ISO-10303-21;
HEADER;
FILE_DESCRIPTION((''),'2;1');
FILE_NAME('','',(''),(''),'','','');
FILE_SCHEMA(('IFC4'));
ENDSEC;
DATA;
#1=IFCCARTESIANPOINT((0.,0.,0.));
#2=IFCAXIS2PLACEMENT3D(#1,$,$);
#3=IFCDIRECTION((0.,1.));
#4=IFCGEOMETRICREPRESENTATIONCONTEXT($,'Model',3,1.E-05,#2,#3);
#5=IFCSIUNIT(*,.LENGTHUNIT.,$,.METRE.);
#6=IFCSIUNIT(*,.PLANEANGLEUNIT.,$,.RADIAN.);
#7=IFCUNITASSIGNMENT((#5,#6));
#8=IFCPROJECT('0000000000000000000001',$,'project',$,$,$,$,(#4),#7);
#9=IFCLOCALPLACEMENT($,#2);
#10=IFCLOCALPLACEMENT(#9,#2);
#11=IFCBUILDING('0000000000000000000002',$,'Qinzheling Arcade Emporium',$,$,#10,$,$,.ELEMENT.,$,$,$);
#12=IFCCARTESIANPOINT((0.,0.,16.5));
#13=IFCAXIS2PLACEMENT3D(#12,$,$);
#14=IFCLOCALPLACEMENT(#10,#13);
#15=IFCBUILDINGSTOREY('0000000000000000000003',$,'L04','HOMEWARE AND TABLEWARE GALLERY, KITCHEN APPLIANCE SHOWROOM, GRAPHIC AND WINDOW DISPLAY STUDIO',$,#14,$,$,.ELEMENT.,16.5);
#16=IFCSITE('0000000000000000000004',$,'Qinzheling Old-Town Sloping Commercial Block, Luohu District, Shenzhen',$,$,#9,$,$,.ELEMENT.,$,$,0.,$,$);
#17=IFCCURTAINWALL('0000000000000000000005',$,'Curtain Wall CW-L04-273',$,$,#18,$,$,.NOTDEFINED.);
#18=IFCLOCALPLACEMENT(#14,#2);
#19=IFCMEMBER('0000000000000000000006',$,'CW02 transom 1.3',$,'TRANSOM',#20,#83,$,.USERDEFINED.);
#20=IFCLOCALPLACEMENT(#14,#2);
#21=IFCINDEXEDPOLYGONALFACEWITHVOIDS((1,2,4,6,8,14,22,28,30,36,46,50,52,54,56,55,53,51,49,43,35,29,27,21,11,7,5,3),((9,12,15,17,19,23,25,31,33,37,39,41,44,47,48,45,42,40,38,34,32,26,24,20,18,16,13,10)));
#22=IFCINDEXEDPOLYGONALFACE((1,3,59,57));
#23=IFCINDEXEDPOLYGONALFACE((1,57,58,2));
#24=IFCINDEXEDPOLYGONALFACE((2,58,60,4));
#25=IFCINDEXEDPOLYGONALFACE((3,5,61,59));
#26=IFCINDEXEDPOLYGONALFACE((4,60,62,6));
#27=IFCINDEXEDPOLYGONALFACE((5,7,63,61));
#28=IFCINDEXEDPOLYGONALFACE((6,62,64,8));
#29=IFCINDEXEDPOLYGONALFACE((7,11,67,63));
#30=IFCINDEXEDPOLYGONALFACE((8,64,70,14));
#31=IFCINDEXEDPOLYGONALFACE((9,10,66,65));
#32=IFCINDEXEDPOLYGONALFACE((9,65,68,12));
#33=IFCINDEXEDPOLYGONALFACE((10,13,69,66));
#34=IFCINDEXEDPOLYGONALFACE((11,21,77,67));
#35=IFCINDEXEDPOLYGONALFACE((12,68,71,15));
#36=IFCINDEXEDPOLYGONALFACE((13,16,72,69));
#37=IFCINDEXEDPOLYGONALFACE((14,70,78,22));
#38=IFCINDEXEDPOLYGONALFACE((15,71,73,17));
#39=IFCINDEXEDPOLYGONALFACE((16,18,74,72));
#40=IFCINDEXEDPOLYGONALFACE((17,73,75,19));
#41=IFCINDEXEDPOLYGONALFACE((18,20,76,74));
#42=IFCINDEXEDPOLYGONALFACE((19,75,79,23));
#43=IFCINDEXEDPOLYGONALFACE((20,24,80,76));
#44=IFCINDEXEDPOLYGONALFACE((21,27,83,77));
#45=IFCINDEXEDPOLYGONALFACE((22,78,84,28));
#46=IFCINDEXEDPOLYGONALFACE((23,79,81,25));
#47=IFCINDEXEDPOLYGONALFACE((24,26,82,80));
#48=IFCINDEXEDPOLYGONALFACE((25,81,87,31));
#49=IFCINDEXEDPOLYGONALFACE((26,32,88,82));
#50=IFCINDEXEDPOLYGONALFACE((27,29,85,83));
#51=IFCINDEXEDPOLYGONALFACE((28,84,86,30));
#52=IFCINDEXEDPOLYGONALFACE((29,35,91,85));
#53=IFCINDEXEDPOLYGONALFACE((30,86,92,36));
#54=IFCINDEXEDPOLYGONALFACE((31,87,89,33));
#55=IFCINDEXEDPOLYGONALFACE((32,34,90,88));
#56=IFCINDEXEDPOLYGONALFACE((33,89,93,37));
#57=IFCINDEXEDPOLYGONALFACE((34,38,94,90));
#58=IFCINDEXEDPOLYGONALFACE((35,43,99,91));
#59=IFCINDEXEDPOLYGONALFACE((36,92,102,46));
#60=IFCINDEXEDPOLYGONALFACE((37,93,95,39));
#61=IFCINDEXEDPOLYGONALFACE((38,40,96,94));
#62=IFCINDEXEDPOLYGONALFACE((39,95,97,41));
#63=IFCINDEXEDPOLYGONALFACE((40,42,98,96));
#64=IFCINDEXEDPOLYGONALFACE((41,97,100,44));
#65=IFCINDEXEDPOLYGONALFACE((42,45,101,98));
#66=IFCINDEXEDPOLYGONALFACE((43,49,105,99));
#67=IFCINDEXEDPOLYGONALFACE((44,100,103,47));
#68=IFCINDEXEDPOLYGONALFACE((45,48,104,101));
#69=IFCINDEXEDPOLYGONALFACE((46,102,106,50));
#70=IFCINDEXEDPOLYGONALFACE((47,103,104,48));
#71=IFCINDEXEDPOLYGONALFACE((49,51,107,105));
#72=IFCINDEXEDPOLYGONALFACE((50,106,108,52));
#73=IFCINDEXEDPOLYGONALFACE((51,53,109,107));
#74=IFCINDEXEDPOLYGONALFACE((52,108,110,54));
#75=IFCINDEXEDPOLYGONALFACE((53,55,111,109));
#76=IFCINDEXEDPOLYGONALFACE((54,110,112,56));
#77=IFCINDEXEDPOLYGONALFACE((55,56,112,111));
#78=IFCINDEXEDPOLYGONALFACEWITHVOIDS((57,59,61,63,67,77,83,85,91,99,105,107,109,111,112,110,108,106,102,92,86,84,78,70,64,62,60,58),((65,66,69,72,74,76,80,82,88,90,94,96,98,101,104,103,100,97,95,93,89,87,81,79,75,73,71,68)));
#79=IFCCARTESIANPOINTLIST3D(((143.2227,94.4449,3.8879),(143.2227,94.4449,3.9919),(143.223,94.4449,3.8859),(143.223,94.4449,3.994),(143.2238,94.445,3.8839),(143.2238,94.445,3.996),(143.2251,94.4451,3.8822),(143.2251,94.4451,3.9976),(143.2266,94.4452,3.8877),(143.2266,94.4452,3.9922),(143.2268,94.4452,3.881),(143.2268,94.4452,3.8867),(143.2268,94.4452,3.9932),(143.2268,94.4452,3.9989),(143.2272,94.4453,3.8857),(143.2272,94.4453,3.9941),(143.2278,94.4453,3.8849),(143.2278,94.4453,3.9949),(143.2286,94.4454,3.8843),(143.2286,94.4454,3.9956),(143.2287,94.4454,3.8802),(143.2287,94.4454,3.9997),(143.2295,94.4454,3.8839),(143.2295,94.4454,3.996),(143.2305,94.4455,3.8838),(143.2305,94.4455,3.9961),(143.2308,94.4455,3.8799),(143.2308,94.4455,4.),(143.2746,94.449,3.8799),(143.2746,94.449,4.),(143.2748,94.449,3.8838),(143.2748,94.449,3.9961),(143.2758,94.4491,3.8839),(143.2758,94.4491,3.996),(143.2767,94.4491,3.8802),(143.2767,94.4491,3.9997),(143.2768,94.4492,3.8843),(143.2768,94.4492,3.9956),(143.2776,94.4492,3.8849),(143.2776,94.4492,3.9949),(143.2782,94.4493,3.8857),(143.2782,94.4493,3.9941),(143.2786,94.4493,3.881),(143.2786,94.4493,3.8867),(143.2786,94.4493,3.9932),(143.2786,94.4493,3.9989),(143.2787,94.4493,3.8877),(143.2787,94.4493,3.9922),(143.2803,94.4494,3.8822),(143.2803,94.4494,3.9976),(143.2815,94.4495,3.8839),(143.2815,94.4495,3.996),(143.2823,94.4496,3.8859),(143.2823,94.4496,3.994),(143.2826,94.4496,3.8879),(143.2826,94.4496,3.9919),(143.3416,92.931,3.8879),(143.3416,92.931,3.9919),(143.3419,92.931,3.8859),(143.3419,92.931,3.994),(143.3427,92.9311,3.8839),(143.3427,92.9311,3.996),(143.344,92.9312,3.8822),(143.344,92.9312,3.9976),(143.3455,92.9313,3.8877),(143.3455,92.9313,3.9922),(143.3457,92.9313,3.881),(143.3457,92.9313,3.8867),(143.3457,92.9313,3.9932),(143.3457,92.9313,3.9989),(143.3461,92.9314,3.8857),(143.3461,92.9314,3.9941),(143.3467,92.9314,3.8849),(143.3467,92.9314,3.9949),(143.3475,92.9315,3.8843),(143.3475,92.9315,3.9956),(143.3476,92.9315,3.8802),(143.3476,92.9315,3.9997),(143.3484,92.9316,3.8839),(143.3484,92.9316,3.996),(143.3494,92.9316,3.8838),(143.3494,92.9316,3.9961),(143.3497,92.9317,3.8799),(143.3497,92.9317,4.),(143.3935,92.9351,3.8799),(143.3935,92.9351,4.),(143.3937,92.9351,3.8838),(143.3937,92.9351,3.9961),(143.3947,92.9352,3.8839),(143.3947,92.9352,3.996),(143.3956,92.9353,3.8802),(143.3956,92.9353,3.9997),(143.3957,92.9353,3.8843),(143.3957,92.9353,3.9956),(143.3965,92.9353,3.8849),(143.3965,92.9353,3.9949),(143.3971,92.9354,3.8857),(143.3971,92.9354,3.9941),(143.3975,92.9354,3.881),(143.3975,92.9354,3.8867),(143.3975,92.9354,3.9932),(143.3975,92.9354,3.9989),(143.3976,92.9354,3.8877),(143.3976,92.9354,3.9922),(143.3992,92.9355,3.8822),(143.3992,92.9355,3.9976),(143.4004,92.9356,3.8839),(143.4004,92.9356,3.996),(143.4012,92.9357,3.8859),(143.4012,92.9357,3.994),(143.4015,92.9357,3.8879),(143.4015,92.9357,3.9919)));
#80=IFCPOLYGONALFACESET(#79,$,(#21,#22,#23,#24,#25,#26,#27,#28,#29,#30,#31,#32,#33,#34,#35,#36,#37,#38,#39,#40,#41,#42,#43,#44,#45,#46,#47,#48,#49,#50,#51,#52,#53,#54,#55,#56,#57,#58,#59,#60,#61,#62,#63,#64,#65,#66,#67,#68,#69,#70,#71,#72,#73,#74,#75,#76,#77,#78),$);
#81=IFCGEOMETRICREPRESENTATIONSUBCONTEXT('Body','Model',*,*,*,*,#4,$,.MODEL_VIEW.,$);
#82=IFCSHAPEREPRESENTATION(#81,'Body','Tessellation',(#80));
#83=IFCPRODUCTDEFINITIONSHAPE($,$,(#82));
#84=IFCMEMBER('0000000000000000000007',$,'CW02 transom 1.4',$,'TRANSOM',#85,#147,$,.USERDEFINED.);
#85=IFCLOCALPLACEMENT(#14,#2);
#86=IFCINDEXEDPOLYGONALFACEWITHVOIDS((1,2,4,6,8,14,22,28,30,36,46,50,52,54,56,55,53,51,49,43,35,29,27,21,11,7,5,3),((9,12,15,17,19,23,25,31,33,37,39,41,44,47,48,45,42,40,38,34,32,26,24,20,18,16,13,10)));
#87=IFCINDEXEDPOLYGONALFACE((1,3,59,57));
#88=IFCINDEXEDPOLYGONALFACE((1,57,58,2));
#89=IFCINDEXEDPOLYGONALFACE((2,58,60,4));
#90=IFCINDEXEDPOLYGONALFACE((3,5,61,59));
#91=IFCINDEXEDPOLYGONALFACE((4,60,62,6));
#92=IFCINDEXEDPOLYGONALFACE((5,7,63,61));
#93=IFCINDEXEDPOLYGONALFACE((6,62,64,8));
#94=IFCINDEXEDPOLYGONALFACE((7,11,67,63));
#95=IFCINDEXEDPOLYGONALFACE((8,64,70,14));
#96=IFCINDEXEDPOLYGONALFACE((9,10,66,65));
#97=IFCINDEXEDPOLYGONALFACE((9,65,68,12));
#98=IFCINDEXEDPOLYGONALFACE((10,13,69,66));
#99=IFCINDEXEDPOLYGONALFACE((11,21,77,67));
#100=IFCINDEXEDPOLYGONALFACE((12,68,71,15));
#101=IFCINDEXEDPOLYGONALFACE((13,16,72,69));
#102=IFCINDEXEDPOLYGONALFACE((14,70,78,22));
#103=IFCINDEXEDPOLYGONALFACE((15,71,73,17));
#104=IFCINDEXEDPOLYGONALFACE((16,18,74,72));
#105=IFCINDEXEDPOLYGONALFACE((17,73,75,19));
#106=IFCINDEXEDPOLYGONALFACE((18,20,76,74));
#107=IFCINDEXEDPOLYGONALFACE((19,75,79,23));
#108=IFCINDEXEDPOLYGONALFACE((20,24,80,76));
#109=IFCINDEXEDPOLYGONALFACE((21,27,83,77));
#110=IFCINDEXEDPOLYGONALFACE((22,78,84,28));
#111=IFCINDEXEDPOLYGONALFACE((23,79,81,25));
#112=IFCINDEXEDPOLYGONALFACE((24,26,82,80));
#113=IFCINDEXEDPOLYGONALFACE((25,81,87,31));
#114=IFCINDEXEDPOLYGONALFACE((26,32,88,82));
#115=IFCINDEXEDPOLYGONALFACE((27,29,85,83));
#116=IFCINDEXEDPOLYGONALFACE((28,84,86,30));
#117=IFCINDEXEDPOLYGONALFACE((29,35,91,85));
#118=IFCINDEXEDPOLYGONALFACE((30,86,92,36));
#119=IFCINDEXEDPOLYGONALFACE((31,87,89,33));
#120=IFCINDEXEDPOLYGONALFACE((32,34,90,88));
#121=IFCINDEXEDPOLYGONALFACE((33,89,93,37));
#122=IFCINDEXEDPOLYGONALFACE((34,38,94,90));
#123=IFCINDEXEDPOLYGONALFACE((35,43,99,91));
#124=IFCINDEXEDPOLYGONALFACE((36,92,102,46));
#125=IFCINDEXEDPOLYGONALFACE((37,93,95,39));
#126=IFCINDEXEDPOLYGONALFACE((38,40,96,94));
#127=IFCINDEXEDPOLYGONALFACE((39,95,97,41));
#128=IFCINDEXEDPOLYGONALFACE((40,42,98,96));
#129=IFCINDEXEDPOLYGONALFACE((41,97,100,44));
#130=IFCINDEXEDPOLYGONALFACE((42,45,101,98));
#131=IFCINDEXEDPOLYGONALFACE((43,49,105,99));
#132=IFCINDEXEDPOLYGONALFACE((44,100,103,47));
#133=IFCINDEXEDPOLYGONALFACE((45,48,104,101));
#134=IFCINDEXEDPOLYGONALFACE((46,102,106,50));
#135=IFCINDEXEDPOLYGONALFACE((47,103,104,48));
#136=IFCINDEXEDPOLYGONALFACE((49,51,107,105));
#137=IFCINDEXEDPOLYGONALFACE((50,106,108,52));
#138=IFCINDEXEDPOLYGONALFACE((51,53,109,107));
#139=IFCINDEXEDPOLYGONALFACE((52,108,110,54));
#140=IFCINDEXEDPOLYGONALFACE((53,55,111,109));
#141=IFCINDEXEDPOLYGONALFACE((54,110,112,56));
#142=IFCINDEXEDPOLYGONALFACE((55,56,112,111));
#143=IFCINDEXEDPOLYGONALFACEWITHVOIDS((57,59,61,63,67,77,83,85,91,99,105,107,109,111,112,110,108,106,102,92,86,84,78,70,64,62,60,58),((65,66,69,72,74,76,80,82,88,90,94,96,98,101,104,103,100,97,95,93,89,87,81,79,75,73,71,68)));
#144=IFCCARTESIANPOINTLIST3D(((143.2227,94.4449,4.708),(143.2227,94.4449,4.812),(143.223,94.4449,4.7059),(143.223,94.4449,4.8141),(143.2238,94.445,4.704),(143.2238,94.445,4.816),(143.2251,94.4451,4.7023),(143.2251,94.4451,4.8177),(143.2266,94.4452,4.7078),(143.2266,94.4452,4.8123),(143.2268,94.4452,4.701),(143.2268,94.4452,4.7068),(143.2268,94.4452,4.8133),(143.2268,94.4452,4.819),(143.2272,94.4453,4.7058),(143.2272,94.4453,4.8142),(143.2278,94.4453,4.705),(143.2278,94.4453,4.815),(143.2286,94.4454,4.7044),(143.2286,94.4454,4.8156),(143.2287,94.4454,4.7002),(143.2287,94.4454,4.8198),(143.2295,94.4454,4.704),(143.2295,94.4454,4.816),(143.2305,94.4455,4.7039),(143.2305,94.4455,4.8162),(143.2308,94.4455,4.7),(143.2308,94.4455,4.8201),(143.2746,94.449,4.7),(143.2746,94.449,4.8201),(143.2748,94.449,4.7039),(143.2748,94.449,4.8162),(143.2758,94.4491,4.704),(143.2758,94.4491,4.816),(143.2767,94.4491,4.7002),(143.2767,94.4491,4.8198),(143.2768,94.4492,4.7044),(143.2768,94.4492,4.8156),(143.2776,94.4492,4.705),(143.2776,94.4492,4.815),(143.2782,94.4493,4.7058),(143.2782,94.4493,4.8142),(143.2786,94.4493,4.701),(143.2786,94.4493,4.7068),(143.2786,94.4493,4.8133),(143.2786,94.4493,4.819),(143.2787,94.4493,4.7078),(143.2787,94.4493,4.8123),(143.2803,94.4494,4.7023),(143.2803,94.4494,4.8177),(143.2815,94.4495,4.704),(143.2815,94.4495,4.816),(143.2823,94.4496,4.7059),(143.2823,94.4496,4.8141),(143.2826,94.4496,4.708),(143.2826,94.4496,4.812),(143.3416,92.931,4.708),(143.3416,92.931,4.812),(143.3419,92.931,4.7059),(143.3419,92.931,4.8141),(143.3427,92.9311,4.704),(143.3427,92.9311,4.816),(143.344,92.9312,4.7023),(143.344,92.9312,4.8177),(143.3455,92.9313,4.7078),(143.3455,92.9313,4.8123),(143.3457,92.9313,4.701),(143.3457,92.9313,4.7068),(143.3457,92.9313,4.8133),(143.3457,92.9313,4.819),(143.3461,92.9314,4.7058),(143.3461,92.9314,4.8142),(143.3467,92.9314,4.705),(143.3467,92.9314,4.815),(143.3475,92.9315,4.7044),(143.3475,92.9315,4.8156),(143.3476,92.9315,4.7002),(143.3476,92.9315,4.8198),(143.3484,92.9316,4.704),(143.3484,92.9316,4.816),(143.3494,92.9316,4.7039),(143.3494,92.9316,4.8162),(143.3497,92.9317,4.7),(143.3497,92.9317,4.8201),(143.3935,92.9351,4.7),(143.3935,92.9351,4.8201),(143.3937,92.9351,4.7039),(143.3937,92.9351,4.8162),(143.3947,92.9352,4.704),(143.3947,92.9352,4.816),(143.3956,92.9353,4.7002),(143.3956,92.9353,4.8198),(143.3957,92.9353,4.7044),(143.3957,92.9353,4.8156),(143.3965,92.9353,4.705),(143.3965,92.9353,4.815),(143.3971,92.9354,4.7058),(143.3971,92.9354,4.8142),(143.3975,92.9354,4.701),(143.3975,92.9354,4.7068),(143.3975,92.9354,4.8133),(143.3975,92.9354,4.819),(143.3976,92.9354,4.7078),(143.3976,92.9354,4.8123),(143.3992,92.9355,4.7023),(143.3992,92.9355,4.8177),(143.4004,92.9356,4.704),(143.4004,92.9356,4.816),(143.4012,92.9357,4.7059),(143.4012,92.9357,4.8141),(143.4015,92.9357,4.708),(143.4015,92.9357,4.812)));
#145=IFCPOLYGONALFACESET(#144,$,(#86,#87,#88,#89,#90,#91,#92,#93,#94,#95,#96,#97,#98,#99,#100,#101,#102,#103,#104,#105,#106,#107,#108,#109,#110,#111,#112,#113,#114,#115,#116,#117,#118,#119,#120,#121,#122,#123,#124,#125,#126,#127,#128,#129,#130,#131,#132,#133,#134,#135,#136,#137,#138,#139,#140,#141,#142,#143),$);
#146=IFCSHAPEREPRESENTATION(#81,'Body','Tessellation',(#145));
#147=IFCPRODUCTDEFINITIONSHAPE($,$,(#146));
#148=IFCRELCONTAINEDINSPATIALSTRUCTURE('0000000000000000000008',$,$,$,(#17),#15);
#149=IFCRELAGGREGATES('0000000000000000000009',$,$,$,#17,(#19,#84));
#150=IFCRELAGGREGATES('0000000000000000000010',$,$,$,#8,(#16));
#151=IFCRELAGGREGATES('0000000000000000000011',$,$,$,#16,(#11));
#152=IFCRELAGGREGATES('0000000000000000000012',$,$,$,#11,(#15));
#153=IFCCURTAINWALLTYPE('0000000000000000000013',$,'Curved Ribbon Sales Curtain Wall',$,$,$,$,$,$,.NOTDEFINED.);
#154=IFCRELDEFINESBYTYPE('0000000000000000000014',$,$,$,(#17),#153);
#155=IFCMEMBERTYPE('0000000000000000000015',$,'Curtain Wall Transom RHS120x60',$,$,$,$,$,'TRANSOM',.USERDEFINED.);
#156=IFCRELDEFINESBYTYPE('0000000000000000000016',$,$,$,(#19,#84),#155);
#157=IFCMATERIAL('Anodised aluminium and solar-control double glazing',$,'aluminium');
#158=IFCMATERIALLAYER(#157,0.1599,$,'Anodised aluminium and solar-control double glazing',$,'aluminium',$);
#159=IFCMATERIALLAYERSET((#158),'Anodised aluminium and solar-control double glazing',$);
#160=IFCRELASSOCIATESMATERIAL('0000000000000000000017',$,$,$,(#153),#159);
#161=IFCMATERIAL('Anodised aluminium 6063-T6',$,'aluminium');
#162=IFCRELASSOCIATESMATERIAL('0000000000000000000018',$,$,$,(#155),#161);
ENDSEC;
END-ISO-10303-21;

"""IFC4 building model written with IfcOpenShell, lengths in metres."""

from ifc_helpers import new_model, si_unit, direction, frame, origin, origin_2d, place, context, subcontext, project, spatial, hollow_rectangle, extrude, material, layer, layer_set, material_profile, profile_set, type_object, element, aggregate, save


model = new_model("IFC4")

# Units and contexts
model_context = context("Model", 3, precision=1e-05, world=origin(), true_north=direction((0.0, 1.0)))
body_context = subcontext(model_context, "Body", "Model", "MODEL_VIEW")
ifc_project = project(units=[si_unit("LENGTHUNIT", "METRE"), si_unit("PLANEANGLEUNIT", "RADIAN")], contexts=[model_context])

# Site, building, storey
site_placement = place(None, origin())
site = spatial("IfcSite", under=ifc_project, at=site_placement, Name="Qinzheling Old-Town Sloping Commercial Block, Luohu District, Shenzhen", CompositionType="ELEMENT", RefElevation=0.0)
building_placement = place(site_placement, origin())
building = spatial("IfcBuilding", under=site, at=building_placement, Name="Qinzheling Arcade Emporium", CompositionType="ELEMENT")
storey_placement = place(building_placement, frame((0.0, 0.0, 16.5)))
storey = spatial("IfcBuildingStorey", under=building, at=storey_placement, Name="L04", Description="HOMEWARE AND TABLEWARE GALLERY, KITCHEN APPLIANCE SHOWROOM, GRAPHIC AND WINDOW DISPLAY STUDIO", CompositionType="ELEMENT", Elevation=16.5)

# Shared definitions
ifc_material_1 = material(Name="Anodised aluminium and solar-control double glazing", Category="aluminium")
ifc_layer_1 = layer(ifc_material_1, 0.1599, Name="Anodised aluminium and solar-control double glazing", Category="aluminium")
ifc_layer_set_1 = layer_set([ifc_layer_1], Name="Anodised aluminium and solar-control double glazing")
curtain_wall_type = type_object("IfcCurtainWallType", Name="Curved Ribbon Sales Curtain Wall", PredefinedType="NOTDEFINED", material=ifc_layer_set_1)
ifc_material_2 = material(Name="Anodised aluminium 6063-T6", Category="aluminium")

# Curtain wall, members
curtain_wall_1_placement = place(storey_placement, origin())
curtain_wall_1 = element("IfcCurtainWall", 1, at=curtain_wall_1_placement, inside=storey, type_object=curtain_wall_type, Name="Curtain Wall CW-L04-273", PredefinedType="NOTDEFINED")
ifc_material_profile_1 = material_profile(ifc_material_2, hollow_rectangle(XDim=0.0601, YDim=0.1201, WallThickness=0.0039, InnerFilletRadius=0.0039, OuterFilletRadius=0.0081, at=origin_2d()), Name="RHS 120x60x4", Category="aluminium")
ifc_profile_set_1 = profile_set([ifc_material_profile_1], Name="Anodised aluminium 6063-T6")
member_type_1 = type_object("IfcMemberType", Name="Curtain Wall Transom RHS120x60", ElementType="TRANSOM", PredefinedType="USERDEFINED", material=ifc_profile_set_1)
member_1_placement = place(storey_placement, frame((143.2527, 94.4473, 3.9399), z_axis=(0.078295, -0.99693, 0.0), x_axis=(0.99693, 0.078295, 0.0)))
member_1 = element("IfcMember", 2, at=member_1_placement, type_object=member_type_1, Name="CW02 transom 1.3", ObjectType="TRANSOM", PredefinedType="USERDEFINED", context=body_context, shape_type="SweptSolid", body=[
    extrude(hollow_rectangle(XDim=0.0601, YDim=0.1201, WallThickness=0.0039, InnerFilletRadius=0.0039, OuterFilletRadius=0.0081, at=origin_2d()), origin(), (0.0, 0.0, 1.0), 1.5186),
])
member_2_placement = place(storey_placement, frame((143.2527, 94.4473, 4.76), z_axis=(0.078295, -0.99693, 0.0), x_axis=(0.99693, 0.078295, 0.0)))
member_2 = element("IfcMember", 3, at=member_2_placement, type_object=member_type_1, Name="CW02 transom 1.4", ObjectType="TRANSOM", PredefinedType="USERDEFINED", context=body_context, shape_type="SweptSolid", body=[
    extrude(hollow_rectangle(XDim=0.0601, YDim=0.1201, WallThickness=0.0039, InnerFilletRadius=0.0039, OuterFilletRadius=0.0081, at=origin_2d()), origin(), (0.0, 0.0, 1.0), 1.5186),
])

aggregate(curtain_wall_1, [member_1, member_2])

save(model, "model.ifc")
